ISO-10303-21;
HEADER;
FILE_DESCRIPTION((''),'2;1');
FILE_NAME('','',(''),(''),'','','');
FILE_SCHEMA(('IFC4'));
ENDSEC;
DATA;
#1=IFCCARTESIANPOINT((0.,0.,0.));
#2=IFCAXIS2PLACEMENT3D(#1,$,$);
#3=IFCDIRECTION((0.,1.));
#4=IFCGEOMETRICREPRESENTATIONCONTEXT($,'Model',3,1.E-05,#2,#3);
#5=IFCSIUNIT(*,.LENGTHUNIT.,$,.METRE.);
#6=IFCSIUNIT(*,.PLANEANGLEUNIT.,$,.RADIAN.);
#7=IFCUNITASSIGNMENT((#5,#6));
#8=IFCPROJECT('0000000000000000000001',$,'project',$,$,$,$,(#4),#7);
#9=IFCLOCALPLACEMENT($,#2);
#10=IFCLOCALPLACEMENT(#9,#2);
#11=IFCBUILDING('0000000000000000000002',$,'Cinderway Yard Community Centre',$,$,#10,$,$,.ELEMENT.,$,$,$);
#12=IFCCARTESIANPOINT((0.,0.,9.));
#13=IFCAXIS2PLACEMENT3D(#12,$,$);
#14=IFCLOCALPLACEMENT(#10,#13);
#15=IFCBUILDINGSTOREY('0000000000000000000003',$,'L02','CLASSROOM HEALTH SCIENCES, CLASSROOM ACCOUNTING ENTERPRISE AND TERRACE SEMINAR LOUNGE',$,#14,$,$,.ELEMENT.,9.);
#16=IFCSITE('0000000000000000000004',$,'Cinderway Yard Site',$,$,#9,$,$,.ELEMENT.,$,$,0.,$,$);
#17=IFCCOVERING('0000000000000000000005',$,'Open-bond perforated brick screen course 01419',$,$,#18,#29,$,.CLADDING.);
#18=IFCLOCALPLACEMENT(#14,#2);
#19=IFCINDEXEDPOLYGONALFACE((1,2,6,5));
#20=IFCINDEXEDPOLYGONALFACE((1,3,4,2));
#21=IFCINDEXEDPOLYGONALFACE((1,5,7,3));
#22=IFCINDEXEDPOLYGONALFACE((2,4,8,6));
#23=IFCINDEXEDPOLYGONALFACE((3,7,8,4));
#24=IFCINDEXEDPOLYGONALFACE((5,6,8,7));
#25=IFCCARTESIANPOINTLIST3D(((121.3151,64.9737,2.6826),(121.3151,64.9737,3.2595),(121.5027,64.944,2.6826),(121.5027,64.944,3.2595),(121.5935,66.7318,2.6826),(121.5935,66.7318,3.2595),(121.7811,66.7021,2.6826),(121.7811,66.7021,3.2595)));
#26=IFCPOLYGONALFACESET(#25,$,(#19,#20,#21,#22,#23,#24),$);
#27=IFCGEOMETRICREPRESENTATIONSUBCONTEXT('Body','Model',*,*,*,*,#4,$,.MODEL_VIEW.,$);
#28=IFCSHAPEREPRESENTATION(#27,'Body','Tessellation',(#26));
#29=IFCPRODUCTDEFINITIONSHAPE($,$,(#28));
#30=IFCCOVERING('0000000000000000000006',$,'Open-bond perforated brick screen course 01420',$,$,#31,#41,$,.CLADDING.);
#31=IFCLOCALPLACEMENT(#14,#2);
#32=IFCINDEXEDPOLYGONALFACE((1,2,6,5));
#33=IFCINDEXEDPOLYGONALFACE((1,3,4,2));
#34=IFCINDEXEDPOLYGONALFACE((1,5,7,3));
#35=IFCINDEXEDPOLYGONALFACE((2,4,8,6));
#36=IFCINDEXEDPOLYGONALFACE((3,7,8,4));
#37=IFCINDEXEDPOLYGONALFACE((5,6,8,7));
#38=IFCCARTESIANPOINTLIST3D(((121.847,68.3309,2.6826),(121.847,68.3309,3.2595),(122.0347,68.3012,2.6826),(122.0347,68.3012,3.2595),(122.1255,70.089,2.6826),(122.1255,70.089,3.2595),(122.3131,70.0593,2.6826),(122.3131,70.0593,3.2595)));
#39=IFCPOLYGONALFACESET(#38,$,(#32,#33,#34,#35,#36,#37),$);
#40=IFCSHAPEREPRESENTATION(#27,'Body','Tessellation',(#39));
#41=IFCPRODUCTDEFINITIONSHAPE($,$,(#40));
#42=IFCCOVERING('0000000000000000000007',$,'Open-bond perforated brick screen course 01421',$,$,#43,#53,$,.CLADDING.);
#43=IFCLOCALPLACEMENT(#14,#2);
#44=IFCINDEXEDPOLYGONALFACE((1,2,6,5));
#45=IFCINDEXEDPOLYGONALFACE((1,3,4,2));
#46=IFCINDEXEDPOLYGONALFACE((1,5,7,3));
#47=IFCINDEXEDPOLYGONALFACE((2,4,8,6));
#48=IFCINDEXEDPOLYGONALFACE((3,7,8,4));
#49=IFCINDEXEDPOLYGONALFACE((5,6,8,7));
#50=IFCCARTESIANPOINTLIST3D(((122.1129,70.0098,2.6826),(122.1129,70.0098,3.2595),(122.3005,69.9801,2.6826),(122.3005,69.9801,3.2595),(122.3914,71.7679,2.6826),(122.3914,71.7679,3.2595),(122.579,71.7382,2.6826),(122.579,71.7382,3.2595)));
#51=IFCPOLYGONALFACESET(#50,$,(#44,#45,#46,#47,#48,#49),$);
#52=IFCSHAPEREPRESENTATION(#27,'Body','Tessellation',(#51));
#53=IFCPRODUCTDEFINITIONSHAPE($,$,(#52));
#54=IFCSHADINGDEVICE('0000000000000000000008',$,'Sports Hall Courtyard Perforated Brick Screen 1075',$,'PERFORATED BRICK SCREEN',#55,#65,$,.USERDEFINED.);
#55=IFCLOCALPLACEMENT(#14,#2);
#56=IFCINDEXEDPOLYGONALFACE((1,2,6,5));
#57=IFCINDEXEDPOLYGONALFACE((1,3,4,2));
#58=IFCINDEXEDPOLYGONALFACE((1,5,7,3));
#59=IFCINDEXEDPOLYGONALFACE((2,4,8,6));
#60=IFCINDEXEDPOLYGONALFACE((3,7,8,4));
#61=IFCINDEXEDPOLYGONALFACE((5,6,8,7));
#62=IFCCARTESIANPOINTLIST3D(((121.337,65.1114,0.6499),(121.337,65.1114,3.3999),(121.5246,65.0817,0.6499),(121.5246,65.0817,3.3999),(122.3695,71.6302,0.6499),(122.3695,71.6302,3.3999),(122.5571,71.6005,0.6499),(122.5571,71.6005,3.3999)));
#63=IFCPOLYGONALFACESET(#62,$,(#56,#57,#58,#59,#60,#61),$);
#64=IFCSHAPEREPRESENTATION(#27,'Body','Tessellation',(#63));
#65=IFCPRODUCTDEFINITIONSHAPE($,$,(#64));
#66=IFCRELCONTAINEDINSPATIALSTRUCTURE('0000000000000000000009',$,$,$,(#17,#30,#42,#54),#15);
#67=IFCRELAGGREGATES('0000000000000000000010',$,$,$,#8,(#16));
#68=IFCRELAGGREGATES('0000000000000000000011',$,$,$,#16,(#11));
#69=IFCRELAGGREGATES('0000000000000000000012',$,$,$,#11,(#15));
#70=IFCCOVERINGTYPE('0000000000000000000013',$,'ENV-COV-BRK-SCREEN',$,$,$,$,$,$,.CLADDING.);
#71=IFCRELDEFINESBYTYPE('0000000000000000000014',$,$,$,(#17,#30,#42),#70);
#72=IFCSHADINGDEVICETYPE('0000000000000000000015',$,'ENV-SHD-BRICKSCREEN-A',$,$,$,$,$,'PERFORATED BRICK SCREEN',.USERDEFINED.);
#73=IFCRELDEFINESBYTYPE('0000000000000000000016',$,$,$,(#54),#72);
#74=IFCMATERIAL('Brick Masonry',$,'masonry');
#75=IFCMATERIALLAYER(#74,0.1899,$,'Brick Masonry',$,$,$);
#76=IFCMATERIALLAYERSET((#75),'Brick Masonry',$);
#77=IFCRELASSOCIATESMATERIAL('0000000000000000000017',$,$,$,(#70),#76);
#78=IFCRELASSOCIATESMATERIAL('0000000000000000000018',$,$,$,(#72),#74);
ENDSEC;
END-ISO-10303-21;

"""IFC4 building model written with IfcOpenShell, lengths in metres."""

from ifc_helpers import new_model, si_unit, direction, frame, origin, origin_2d, place, context, subcontext, project, spatial, rectangle, extrude, material, layer, layer_set, type_object, element, save


model = new_model("IFC4")

# Units and contexts
model_context = context("Model", 3, precision=1e-05, world=origin(), true_north=direction((0.0, 1.0)))
body_context = subcontext(model_context, "Body", "Model", "MODEL_VIEW")
ifc_project = project(units=[si_unit("LENGTHUNIT", "METRE"), si_unit("PLANEANGLEUNIT", "RADIAN")], contexts=[model_context])

# Site, building, storey
site_placement = place(None, origin())
site = spatial("IfcSite", under=ifc_project, at=site_placement, Name="Cinderway Yard Site", CompositionType="ELEMENT", RefElevation=0.0)
building_placement = place(site_placement, origin())
building = spatial("IfcBuilding", under=site, at=building_placement, Name="Cinderway Yard Community Centre", CompositionType="ELEMENT")
storey_placement = place(building_placement, frame((0.0, 0.0, 9.0)))
storey = spatial("IfcBuildingStorey", under=building, at=storey_placement, Name="L02", Description="CLASSROOM HEALTH SCIENCES, CLASSROOM ACCOUNTING ENTERPRISE AND TERRACE SEMINAR LOUNGE", CompositionType="ELEMENT", Elevation=9.0)

# Coverings
ifc_material_1 = material(Name="Brick Masonry", Category="masonry")
ifc_layer_1 = layer(ifc_material_1, 0.1899, Name="Brick Masonry")
ifc_layer_set_1 = layer_set([ifc_layer_1], Name="Brick Masonry")
covering_type = type_object("IfcCoveringType", Name="ENV-COV-BRK-SCREEN", PredefinedType="CLADDING", material=ifc_layer_set_1)
for number, where, z_axis, x_axis, name in (
    (1, (121.5481, 65.8379, 2.6826), (0.0, 0.0, 1.0), (0.156434, 0.987688, 0.0), "Open-bond perforated brick screen course 01419"),
    (2, (122.0801, 69.1951, 2.6826), (0.0, 0.0, 1.0), (0.156434, 0.987688, 0.0), "Open-bond perforated brick screen course 01420"),
    (3, (122.3459, 70.874, 2.6826), (0.0, 0.0, 1.0), (0.156434, 0.987688, 0.0), "Open-bond perforated brick screen course 01421"),
):
    element("IfcCovering", number, at=place(storey_placement, frame(where, z_axis=z_axis, x_axis=x_axis)), inside=storey, type_object=covering_type, Name=name, PredefinedType="CLADDING", context=body_context, shape_type="SweptSolid", body=[
        extrude(rectangle(XDim=1.78, YDim=0.1899, at=origin_2d()), origin(), (0.0, 0.0, 1.0), 0.5769),
    ])

# Shading device
shading_device_type = type_object("IfcShadingDeviceType", Name="ENV-SHD-BRICKSCREEN-A", ElementType="PERFORATED BRICK SCREEN", PredefinedType="USERDEFINED", material=ifc_material_1)
shading_device_placement = place(storey_placement, frame((121.947, 68.356, 0.6499), z_axis=(0.0, 0.0, 1.0), x_axis=(0.156434, 0.987688, 0.0)))
element("IfcShadingDevice", 4, at=shading_device_placement, inside=storey, type_object=shading_device_type, Name="Sports Hall Courtyard Perforated Brick Screen 1075", ObjectType="PERFORATED BRICK SCREEN", PredefinedType="USERDEFINED", context=body_context, shape_type="SweptSolid", body=[
    extrude(rectangle(XDim=6.6001, YDim=0.1899, at=origin_2d()), origin(), (0.0, 0.0, 1.0), 2.75),
])

save(model, "model.ifc")
